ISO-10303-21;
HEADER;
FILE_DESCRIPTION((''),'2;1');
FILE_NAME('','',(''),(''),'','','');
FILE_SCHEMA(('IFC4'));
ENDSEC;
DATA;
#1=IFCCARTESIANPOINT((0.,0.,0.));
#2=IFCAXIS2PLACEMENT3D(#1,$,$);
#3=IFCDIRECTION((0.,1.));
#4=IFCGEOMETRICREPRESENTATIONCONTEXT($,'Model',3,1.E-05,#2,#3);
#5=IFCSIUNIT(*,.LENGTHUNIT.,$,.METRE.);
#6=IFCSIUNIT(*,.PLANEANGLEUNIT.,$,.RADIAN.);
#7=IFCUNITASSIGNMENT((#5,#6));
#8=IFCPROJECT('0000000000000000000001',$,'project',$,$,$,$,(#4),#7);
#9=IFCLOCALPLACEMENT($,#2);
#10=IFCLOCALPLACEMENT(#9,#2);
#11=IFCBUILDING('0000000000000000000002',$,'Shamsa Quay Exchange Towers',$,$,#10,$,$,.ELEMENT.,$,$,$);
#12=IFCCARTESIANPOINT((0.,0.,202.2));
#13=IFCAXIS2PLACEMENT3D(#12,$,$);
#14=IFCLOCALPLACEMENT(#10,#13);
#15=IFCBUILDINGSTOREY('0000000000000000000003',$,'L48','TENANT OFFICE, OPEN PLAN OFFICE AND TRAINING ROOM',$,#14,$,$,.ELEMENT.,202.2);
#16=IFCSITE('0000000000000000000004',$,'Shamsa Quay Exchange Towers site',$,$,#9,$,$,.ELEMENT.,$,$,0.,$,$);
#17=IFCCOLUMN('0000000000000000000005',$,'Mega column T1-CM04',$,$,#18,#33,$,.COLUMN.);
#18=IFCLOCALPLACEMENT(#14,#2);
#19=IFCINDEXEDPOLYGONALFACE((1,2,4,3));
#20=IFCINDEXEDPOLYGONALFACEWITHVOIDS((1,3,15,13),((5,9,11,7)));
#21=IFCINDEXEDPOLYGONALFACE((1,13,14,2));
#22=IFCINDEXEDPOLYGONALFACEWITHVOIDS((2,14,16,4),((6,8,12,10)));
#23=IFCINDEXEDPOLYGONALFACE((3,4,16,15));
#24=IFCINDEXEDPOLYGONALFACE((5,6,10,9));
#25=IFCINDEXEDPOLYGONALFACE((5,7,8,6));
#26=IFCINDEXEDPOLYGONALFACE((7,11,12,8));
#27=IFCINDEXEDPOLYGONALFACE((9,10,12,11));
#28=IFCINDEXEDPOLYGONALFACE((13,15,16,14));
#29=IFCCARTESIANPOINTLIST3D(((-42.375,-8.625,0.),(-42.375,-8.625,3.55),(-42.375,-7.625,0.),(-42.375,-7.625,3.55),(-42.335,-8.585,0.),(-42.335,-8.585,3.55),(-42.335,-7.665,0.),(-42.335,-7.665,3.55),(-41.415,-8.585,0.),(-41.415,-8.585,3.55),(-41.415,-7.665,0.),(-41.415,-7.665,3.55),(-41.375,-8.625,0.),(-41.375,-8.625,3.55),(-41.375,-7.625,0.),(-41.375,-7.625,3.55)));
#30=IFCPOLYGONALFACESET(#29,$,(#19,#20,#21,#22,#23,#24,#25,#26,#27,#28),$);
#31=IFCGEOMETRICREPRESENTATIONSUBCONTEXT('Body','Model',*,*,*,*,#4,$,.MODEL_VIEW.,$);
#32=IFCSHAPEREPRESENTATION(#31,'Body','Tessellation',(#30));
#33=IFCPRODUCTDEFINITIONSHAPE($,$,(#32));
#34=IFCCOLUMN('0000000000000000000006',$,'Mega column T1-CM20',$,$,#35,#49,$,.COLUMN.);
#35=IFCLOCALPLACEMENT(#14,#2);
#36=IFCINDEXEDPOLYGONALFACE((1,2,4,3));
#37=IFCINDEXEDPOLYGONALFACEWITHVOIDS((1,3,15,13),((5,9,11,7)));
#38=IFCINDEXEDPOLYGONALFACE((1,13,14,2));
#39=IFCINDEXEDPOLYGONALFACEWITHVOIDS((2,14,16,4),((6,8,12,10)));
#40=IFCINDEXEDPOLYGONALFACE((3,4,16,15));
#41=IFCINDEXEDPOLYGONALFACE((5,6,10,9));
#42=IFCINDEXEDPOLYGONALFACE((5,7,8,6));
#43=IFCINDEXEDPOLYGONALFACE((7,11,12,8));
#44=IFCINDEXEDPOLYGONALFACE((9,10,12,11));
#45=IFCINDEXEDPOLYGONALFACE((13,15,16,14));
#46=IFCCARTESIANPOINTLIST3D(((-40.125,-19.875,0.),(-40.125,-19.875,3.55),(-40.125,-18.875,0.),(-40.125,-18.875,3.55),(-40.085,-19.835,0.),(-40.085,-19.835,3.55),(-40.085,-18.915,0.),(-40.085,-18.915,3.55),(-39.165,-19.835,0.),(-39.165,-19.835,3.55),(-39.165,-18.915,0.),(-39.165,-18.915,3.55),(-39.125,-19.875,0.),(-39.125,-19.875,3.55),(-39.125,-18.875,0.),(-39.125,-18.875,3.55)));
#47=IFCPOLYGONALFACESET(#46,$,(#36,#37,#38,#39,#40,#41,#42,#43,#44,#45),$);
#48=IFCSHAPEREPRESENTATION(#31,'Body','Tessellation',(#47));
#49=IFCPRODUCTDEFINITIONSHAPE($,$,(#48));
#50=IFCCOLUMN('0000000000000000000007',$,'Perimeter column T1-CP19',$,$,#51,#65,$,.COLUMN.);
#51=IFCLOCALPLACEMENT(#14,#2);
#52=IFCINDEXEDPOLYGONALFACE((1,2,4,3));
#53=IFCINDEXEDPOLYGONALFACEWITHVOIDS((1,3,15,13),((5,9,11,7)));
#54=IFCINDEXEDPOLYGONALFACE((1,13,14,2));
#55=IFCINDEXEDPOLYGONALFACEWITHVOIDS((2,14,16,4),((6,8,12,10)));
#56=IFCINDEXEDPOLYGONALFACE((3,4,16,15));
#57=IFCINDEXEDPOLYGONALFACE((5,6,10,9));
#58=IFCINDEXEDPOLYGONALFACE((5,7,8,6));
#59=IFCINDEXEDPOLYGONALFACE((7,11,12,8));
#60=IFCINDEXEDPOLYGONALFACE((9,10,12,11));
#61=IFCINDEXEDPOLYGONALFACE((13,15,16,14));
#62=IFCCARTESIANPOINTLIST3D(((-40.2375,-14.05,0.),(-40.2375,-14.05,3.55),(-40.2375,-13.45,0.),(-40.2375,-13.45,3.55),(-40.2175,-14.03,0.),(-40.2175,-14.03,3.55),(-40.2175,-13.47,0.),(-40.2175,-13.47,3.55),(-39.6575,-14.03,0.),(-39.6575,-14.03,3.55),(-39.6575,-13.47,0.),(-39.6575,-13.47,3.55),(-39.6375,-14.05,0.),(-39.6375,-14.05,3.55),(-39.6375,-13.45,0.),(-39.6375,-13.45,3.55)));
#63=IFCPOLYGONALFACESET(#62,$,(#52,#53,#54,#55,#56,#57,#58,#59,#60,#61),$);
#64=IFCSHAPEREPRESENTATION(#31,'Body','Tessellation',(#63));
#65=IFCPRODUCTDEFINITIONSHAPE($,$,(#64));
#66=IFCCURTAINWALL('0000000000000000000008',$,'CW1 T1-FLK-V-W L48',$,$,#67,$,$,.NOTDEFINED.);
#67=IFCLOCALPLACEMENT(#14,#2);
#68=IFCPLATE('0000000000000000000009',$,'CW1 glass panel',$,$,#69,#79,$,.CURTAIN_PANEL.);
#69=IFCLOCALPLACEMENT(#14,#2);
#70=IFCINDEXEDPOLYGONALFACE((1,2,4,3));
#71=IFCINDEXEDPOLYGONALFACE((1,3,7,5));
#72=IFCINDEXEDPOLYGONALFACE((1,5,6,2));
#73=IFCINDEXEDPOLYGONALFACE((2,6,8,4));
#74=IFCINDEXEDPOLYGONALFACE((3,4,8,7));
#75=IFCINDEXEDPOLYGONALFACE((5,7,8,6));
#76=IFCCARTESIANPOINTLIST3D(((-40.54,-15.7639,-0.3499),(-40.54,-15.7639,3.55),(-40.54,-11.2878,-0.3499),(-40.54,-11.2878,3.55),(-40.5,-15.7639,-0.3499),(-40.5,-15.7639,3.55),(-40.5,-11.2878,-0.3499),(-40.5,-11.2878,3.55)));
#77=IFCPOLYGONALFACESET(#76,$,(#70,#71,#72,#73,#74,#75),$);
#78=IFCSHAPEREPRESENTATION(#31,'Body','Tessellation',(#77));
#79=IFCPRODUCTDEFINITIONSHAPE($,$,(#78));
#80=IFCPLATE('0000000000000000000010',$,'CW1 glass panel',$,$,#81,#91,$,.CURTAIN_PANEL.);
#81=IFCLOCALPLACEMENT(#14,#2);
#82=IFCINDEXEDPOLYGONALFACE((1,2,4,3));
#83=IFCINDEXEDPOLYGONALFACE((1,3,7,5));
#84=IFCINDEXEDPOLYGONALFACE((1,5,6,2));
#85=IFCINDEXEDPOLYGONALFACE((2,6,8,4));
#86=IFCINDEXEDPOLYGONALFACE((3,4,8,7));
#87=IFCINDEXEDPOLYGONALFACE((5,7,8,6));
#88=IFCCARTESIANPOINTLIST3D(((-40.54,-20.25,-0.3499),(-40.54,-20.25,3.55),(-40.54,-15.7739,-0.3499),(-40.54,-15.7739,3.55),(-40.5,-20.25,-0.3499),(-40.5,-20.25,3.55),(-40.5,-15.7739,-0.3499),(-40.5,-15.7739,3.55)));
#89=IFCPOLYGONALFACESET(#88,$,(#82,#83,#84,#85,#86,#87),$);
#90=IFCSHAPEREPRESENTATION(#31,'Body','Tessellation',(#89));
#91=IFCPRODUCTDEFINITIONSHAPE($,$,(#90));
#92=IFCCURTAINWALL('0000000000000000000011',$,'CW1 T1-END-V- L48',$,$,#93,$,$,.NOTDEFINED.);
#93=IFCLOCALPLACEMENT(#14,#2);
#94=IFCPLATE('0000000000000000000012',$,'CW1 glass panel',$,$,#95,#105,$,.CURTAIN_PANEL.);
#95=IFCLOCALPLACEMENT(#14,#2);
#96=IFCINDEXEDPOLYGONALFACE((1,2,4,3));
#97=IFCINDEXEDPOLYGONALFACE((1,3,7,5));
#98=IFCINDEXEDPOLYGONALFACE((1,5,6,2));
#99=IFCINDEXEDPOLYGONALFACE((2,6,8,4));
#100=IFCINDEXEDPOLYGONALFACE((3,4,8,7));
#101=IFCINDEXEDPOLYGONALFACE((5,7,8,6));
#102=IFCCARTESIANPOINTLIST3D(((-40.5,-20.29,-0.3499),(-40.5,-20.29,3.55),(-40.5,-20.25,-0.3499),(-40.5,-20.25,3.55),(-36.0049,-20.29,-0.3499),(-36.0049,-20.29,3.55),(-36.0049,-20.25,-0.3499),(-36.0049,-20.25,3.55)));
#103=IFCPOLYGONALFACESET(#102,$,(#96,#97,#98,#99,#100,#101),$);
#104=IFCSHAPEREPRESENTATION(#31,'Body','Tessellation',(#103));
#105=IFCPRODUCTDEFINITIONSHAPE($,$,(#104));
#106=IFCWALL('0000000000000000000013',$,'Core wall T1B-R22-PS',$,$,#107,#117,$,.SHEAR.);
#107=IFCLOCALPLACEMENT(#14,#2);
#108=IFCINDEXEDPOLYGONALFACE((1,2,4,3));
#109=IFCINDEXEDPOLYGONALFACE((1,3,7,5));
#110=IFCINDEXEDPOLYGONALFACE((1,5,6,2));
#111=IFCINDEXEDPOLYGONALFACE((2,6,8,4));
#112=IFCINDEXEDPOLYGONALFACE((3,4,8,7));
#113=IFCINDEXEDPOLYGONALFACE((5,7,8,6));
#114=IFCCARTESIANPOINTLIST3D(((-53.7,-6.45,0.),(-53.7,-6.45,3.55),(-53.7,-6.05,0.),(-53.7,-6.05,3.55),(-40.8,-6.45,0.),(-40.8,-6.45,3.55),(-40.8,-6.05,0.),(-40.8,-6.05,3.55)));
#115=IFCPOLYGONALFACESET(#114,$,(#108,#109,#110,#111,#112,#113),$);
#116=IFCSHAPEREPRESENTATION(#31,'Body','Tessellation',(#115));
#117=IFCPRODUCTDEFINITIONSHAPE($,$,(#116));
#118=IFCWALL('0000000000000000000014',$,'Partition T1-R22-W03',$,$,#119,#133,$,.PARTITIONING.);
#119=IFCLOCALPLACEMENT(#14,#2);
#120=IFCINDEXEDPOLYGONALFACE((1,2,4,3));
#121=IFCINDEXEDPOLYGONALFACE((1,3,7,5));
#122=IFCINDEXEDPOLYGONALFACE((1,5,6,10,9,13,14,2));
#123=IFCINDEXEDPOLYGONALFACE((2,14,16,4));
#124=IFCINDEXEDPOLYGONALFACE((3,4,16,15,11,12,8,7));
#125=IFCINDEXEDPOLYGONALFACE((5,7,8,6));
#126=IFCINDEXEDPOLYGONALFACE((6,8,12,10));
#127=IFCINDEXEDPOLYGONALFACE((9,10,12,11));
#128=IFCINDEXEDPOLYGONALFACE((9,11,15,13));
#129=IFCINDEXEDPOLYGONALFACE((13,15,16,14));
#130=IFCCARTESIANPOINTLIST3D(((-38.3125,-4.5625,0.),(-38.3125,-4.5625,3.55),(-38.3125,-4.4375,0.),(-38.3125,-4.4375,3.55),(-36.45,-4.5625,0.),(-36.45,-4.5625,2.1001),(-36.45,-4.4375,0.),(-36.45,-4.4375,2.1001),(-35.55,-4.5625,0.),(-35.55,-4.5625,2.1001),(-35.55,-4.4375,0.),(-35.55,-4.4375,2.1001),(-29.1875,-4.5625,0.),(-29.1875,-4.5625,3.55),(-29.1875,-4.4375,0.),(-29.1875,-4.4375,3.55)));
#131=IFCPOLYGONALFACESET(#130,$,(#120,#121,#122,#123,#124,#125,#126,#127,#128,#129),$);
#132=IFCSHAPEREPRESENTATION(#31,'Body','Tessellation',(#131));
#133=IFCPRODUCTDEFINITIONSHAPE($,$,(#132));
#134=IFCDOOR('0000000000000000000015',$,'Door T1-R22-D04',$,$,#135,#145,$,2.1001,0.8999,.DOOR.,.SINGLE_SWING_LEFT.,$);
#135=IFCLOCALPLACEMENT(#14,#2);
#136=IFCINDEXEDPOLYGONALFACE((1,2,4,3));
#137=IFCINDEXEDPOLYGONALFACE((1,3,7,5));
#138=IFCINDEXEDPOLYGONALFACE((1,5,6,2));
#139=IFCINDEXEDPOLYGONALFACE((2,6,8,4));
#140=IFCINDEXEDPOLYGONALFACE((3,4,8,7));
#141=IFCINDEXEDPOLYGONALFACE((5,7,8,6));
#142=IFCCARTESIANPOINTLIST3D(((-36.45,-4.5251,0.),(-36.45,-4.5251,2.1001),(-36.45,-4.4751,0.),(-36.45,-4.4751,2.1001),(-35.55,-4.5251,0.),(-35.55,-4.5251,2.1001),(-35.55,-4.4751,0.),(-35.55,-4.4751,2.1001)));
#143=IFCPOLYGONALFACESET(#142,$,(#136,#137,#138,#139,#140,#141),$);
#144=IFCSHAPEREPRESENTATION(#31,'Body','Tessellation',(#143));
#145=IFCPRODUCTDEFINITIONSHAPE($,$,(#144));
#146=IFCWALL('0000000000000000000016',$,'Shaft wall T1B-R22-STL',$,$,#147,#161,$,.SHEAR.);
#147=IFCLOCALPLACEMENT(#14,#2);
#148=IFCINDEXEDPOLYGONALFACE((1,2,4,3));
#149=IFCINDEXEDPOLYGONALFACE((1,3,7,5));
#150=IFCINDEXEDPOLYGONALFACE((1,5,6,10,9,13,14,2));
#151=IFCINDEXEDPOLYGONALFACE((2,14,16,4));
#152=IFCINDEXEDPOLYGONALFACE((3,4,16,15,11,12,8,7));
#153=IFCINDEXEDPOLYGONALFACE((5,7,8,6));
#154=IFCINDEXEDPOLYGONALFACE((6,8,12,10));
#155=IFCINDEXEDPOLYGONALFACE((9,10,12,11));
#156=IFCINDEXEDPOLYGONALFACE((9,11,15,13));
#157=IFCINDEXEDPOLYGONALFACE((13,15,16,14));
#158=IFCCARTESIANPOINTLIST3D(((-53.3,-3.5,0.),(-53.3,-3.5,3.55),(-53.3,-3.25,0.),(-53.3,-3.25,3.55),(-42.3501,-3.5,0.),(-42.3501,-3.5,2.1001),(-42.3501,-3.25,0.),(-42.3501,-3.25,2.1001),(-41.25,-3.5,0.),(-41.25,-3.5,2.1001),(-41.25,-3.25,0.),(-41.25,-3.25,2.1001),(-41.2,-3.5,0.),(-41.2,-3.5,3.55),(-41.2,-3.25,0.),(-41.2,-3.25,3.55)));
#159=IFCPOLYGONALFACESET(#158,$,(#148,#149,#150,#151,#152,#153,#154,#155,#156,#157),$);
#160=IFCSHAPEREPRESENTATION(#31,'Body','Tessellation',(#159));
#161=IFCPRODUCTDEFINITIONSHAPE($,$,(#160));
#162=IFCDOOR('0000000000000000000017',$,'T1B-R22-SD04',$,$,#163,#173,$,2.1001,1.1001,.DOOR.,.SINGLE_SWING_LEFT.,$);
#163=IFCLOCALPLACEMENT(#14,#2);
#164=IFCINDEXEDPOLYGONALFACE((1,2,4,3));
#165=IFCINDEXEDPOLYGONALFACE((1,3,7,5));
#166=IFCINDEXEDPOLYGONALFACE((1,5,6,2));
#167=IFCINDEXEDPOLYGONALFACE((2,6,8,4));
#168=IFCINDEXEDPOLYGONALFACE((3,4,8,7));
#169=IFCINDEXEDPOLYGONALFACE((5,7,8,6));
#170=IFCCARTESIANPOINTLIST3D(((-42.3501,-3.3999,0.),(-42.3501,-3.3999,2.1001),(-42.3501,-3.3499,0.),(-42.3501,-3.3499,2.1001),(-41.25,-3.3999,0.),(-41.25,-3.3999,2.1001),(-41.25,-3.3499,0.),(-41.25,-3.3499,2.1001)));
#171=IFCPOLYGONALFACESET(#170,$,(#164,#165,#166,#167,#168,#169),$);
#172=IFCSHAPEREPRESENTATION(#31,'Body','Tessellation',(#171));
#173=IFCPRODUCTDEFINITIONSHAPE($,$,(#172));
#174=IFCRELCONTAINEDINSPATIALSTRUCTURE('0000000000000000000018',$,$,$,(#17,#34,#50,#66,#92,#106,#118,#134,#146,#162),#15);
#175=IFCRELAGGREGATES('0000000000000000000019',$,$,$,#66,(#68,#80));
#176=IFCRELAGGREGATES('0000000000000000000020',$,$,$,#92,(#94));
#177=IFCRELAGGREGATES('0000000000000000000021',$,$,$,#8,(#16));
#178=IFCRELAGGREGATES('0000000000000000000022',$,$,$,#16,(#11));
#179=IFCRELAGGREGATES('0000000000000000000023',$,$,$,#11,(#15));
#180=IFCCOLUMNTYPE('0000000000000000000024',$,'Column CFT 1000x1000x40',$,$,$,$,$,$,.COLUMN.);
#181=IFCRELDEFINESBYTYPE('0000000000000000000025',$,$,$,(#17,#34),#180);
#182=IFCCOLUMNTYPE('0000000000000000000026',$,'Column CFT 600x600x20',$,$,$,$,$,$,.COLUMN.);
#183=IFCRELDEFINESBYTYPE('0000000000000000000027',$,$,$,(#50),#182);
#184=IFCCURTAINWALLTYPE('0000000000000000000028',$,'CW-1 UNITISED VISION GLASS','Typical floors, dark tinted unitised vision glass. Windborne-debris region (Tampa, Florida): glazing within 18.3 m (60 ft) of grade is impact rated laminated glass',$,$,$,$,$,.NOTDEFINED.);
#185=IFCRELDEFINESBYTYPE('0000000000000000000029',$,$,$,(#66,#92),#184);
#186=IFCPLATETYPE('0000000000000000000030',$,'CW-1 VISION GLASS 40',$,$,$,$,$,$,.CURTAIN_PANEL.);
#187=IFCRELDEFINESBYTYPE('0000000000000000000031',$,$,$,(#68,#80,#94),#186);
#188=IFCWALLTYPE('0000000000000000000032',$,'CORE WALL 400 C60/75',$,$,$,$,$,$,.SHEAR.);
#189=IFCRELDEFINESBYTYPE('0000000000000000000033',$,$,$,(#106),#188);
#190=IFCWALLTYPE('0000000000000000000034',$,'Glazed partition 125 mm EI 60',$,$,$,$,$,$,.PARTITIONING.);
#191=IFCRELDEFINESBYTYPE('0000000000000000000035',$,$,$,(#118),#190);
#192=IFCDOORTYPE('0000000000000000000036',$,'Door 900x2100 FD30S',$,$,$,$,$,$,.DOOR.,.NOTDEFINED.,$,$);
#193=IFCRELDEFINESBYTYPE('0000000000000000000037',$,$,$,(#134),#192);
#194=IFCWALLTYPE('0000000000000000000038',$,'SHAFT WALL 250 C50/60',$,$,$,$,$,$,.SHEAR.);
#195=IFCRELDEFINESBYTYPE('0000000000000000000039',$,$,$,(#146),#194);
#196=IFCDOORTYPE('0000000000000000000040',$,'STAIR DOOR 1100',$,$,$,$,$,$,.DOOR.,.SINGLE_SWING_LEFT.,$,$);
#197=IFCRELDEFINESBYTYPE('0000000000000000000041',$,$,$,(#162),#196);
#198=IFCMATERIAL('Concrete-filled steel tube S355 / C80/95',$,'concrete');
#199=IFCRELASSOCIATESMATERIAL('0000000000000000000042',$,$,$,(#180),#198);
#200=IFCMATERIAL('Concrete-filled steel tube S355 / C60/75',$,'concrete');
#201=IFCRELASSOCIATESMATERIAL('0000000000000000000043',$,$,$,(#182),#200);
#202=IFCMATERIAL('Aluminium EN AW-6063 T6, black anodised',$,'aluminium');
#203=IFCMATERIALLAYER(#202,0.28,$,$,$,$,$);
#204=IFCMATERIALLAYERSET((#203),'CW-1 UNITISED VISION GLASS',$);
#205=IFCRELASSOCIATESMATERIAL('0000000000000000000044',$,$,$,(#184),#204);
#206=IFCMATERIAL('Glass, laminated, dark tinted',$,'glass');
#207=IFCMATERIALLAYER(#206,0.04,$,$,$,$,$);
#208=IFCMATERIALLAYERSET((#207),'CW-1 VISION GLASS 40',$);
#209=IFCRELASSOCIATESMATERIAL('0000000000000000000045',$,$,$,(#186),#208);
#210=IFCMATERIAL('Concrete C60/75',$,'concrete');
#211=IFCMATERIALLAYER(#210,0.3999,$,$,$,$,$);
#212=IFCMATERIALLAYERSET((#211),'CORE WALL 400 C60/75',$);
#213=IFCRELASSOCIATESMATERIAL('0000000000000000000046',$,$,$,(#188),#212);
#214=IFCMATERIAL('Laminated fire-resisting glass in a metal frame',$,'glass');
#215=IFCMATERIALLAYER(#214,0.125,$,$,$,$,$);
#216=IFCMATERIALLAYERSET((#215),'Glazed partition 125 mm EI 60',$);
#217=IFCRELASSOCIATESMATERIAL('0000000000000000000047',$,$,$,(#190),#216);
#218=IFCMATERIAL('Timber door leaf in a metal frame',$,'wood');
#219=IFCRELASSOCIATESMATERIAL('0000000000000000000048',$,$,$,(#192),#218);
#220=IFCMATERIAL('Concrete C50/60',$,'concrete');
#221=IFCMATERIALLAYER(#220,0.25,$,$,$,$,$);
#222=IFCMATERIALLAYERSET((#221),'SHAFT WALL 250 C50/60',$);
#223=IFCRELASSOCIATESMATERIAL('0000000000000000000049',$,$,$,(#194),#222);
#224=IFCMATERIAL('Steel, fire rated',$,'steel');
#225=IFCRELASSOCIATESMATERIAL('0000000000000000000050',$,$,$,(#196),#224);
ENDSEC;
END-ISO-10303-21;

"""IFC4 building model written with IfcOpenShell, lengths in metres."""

from ifc_helpers import new_model, si_unit, direction, frame, frame_2d, origin, origin_2d, place, context, subcontext, project, spatial, rectangle, hollow_rectangle, extrude, material, layer, layer_set, material_profile, profile_set, type_object, element, fill, aggregate, save


model = new_model("IFC4")

# Units and contexts
model_context = context("Model", 3, precision=1e-05, world=origin(), true_north=direction((0.0, 1.0)))
body_context = subcontext(model_context, "Body", "Model", "MODEL_VIEW")
ifc_project = project(units=[si_unit("LENGTHUNIT", "METRE"), si_unit("PLANEANGLEUNIT", "RADIAN")], contexts=[model_context])

# Site, building, storey
site_placement = place(None, origin())
site = spatial("IfcSite", under=ifc_project, at=site_placement, Name="Shamsa Quay Exchange Towers site", CompositionType="ELEMENT", RefElevation=0.0)
building_placement = place(site_placement, origin())
building = spatial("IfcBuilding", under=site, at=building_placement, Name="Shamsa Quay Exchange Towers", CompositionType="ELEMENT")
storey_placement = place(building_placement, frame((0.0, 0.0, 202.2)))
storey = spatial("IfcBuildingStorey", under=building, at=storey_placement, Name="L48", Description="TENANT OFFICE, OPEN PLAN OFFICE AND TRAINING ROOM", CompositionType="ELEMENT", Elevation=202.2)

# Columns
ifc_material_1 = material(Name="Concrete-filled steel tube S355 / C80/95", Category="concrete")
ifc_material_profile_1 = material_profile(ifc_material_1, hollow_rectangle(XDim=1.0, YDim=1.0, WallThickness=0.04, at=origin_2d()), Name="CFT 1000x1000x40")
ifc_profile_set_1 = profile_set([ifc_material_profile_1], Name="Concrete-filled steel tube S355 / C80/95")
column_type_1 = type_object("IfcColumnType", Name="Column CFT 1000x1000x40", PredefinedType="COLUMN", material=ifc_profile_set_1)
for number, where, name in (
    (1, (-41.875, -8.125, 0.0), "Mega column T1-CM04"),
    (2, (-39.625, -19.375, 0.0), "Mega column T1-CM20"),
):
    element("IfcColumn", number, at=place(storey_placement, frame(where)), inside=storey, type_object=column_type_1, Name=name, PredefinedType="COLUMN", context=body_context, shape_type="SweptSolid", body=[
        extrude(hollow_rectangle(XDim=1.0, YDim=1.0, WallThickness=0.04, at=origin_2d()), origin(), (0.0, 0.0, 1.0), 3.55),
    ])
ifc_material_2 = material(Name="Concrete-filled steel tube S355 / C60/75", Category="concrete")
ifc_material_profile_2 = material_profile(ifc_material_2, hollow_rectangle(XDim=0.6001, YDim=0.6001, WallThickness=0.02, at=origin_2d()), Name="CFT 600x600x20")
ifc_profile_set_2 = profile_set([ifc_material_profile_2], Name="Concrete-filled steel tube S355 / C60/75")
column_type_2 = type_object("IfcColumnType", Name="Column CFT 600x600x20", PredefinedType="COLUMN", material=ifc_profile_set_2)
column_placement = place(storey_placement, frame((-39.9375, -13.75, 0.0)))
element("IfcColumn", 3, at=column_placement, inside=storey, type_object=column_type_2, Name="Perimeter column T1-CP19", PredefinedType="COLUMN", context=body_context, shape_type="SweptSolid", body=[
    extrude(hollow_rectangle(XDim=0.6001, YDim=0.6001, WallThickness=0.02, at=origin_2d()), origin(), (0.0, 0.0, 1.0), 3.55),
])

# Curtain wall, plates
ifc_material_3 = material(Name="Aluminium EN AW-6063 T6, black anodised", Category="aluminium")
ifc_layer_1 = layer(ifc_material_3, 0.28)
ifc_layer_set_1 = layer_set([ifc_layer_1], Name="CW-1 UNITISED VISION GLASS")
curtain_wall_type = type_object("IfcCurtainWallType", Name="CW-1 UNITISED VISION GLASS", Description="Typical floors, dark tinted unitised vision glass. Windborne-debris region (Tampa, Florida): glazing within 18.3 m (60 ft) of grade is impact rated laminated glass", PredefinedType="NOTDEFINED", material=ifc_layer_set_1)
curtain_wall_1_placement = place(storey_placement, origin())
curtain_wall_1 = element("IfcCurtainWall", 4, at=curtain_wall_1_placement, inside=storey, type_object=curtain_wall_type, Name="CW1 T1-FLK-V-W L48", PredefinedType="NOTDEFINED")
ifc_material_4 = material(Name="Glass, laminated, dark tinted", Category="glass")
ifc_layer_2 = layer(ifc_material_4, 0.04)
ifc_layer_set_2 = layer_set([ifc_layer_2], Name="CW-1 VISION GLASS 40")
plate_type = type_object("IfcPlateType", Name="CW-1 VISION GLASS 40", PredefinedType="CURTAIN_PANEL", material=ifc_layer_set_2)
plate_1_placement = place(storey_placement, frame((-40.52, -13.5259, -0.3499), z_axis=(0.0, 0.0, 1.0), x_axis=(0.0, -1.0, 0.0)))
plate_1 = element("IfcPlate", 5, at=plate_1_placement, type_object=plate_type, Name="CW1 glass panel", PredefinedType="CURTAIN_PANEL", context=body_context, shape_type="SweptSolid", body=[
    extrude(rectangle(XDim=4.4761, YDim=0.04, at=origin_2d()), origin(), (0.0, 0.0, 1.0), 3.8999),
])
plate_2_placement = place(storey_placement, frame((-40.52, -18.012, -0.3499), z_axis=(0.0, 0.0, 1.0), x_axis=(0.0, -1.0, 0.0)))
plate_2 = element("IfcPlate", 6, at=plate_2_placement, type_object=plate_type, Name="CW1 glass panel", PredefinedType="CURTAIN_PANEL", context=body_context, shape_type="SweptSolid", body=[
    extrude(rectangle(XDim=4.4761, YDim=0.04, at=origin_2d()), origin(), (0.0, 0.0, 1.0), 3.8999),
])
aggregate(curtain_wall_1, [plate_1, plate_2])

# Curtain wall, plate
curtain_wall_2_placement = place(storey_placement, origin())
curtain_wall_2 = element("IfcCurtainWall", 7, at=curtain_wall_2_placement, inside=storey, type_object=curtain_wall_type, Name="CW1 T1-END-V- L48", PredefinedType="NOTDEFINED")
plate_3_placement = place(storey_placement, frame((-38.2524, -20.27, -0.3499)))
plate_3 = element("IfcPlate", 8, at=plate_3_placement, type_object=plate_type, Name="CW1 glass panel", PredefinedType="CURTAIN_PANEL", context=body_context, shape_type="SweptSolid", body=[
    extrude(rectangle(XDim=4.4951, YDim=0.04, at=origin_2d()), origin(), (0.0, 0.0, 1.0), 3.8999),
])
aggregate(curtain_wall_2, [plate_3])

# Wall
ifc_material_5 = material(Name="Concrete C60/75", Category="concrete")
ifc_layer_3 = layer(ifc_material_5, 0.3999)
ifc_layer_set_3 = layer_set([ifc_layer_3], Name="CORE WALL 400 C60/75")
wall_type_1 = type_object("IfcWallType", Name="CORE WALL 400 C60/75", PredefinedType="SHEAR", material=ifc_layer_set_3)
wall_1_placement = place(storey_placement, frame((-40.8, -6.25, 0.0), z_axis=(0.0, 0.0, 1.0), x_axis=(-1.0, 0.0, 0.0)))
element("IfcWall", 9, at=wall_1_placement, inside=storey, type_object=wall_type_1, Name="Core wall T1B-R22-PS", PredefinedType="SHEAR", context=body_context, shape_type="SweptSolid", body=[
    extrude(rectangle(XDim=12.8999, YDim=0.3999, at=frame_2d((6.45, 0.0))), origin(), (0.0, 0.0, 1.0), 3.55),
])

# Walls, openings, doors
ifc_material_6 = material(Name="Steel, fire rated", Category="steel")
ifc_material_7 = material(Name="Laminated fire-resisting glass in a metal frame", Category="glass")
ifc_layer_4 = layer(ifc_material_7, 0.125)
ifc_layer_set_4 = layer_set([ifc_layer_4], Name="Glazed partition 125 mm EI 60")
wall_type_2 = type_object("IfcWallType", Name="Glazed partition 125 mm EI 60", PredefinedType="PARTITIONING", material=ifc_layer_set_4)
wall_2_placement = place(storey_placement, frame((-38.3125, -4.5, 0.0)))
wall_2 = element("IfcWall", 10, at=wall_2_placement, inside=storey, type_object=wall_type_2, Name="Partition T1-R22-W03", PredefinedType="PARTITIONING", context=body_context, shape_type="SweptSolid", body=[
    extrude(rectangle(XDim=9.125, YDim=0.125, at=frame_2d((4.5625, 0.0))), origin(), (0.0, 0.0, 1.0), 3.55),
])
opening_1_placement = place(wall_2_placement, frame((1.8625, 0.0, 0.0)))
opening_1 = element("IfcOpeningElement", 11, at=opening_1_placement, cuts=wall_2, PredefinedType="OPENING", context=body_context, shape_type="SweptSolid", body=[
    extrude(rectangle(XDim=0.8999, YDim=2.1001, at=frame_2d((0.45, 1.05))), frame((0.0, 0.0725, 0.0), z_axis=(0.0, -1.0, 0.0), x_axis=(1.0, 0.0, 0.0)), (0.0, 0.0, 1.0), 0.145),
])
ifc_material_8 = material(Name="Timber door leaf in a metal frame", Category="wood")
door_type_1 = type_object("IfcDoorType", Name="Door 900x2100 FD30S", OperationType="NOTDEFINED", PredefinedType="DOOR", material=ifc_material_8)
door_1_placement = place(opening_1_placement, origin())
door_1 = element("IfcDoor", 12, at=door_1_placement, inside=storey, type_object=door_type_1, Name="Door T1-R22-D04", OperationType="SINGLE_SWING_LEFT", OverallHeight=2.1001, OverallWidth=0.8999, PredefinedType="DOOR", context=body_context, shape_type="SweptSolid", body=[
    extrude(rectangle(XDim=0.8999, YDim=2.1001, at=frame_2d((0.45, 1.05))), frame((0.0, 0.0249, 0.0), z_axis=(0.0, -1.0, 0.0), x_axis=(1.0, 0.0, 0.0)), (0.0, 0.0, 1.0), 0.05),
])
fill(opening_1, door_1)
ifc_material_9 = material(Name="Concrete C50/60", Category="concrete")
ifc_layer_5 = layer(ifc_material_9, 0.25)
ifc_layer_set_5 = layer_set([ifc_layer_5], Name="SHAFT WALL 250 C50/60")
wall_type_3 = type_object("IfcWallType", Name="SHAFT WALL 250 C50/60", PredefinedType="SHEAR", material=ifc_layer_set_5)
wall_3_placement = place(storey_placement, frame((-41.2, -3.375, 0.0), z_axis=(0.0, 0.0, 1.0), x_axis=(-1.0, 0.0, 0.0)))
wall_3 = element("IfcWall", 13, at=wall_3_placement, inside=storey, type_object=wall_type_3, Name="Shaft wall T1B-R22-STL", PredefinedType="SHEAR", context=body_context, shape_type="SweptSolid", body=[
    extrude(rectangle(XDim=12.1001, YDim=0.25, at=frame_2d((6.05, 0.0))), origin(), (0.0, 0.0, 1.0), 3.55),
])
opening_2_placement = place(wall_3_placement, frame((0.05, 0.0, 0.0)))
opening_2 = element("IfcOpeningElement", 14, at=opening_2_placement, cuts=wall_3, PredefinedType="OPENING", context=body_context, shape_type="SweptSolid", body=[
    extrude(rectangle(XDim=1.1001, YDim=2.1001, at=frame_2d((0.55, 1.05))), frame((0.0, 0.135, 0.0), z_axis=(0.0, -1.0, 0.0), x_axis=(1.0, 0.0, 0.0)), (0.0, 0.0, 1.0), 0.27),
])
door_type_2 = type_object("IfcDoorType", Name="STAIR DOOR 1100", OperationType="SINGLE_SWING_LEFT", PredefinedType="DOOR", material=ifc_material_6)
door_2_placement = place(opening_2_placement, origin())
door_2 = element("IfcDoor", 15, at=door_2_placement, inside=storey, type_object=door_type_2, Name="T1B-R22-SD04", OperationType="SINGLE_SWING_LEFT", OverallHeight=2.1001, OverallWidth=1.1001, PredefinedType="DOOR", context=body_context, shape_type="SweptSolid", body=[
    extrude(rectangle(XDim=1.1001, YDim=2.1001, at=frame_2d((0.55, 1.05))), frame((0.0, 0.0249, 0.0), z_axis=(0.0, -1.0, 0.0), x_axis=(1.0, 0.0, 0.0)), (0.0, 0.0, 1.0), 0.05),
])
fill(opening_2, door_2)

save(model, "model.ifc")
